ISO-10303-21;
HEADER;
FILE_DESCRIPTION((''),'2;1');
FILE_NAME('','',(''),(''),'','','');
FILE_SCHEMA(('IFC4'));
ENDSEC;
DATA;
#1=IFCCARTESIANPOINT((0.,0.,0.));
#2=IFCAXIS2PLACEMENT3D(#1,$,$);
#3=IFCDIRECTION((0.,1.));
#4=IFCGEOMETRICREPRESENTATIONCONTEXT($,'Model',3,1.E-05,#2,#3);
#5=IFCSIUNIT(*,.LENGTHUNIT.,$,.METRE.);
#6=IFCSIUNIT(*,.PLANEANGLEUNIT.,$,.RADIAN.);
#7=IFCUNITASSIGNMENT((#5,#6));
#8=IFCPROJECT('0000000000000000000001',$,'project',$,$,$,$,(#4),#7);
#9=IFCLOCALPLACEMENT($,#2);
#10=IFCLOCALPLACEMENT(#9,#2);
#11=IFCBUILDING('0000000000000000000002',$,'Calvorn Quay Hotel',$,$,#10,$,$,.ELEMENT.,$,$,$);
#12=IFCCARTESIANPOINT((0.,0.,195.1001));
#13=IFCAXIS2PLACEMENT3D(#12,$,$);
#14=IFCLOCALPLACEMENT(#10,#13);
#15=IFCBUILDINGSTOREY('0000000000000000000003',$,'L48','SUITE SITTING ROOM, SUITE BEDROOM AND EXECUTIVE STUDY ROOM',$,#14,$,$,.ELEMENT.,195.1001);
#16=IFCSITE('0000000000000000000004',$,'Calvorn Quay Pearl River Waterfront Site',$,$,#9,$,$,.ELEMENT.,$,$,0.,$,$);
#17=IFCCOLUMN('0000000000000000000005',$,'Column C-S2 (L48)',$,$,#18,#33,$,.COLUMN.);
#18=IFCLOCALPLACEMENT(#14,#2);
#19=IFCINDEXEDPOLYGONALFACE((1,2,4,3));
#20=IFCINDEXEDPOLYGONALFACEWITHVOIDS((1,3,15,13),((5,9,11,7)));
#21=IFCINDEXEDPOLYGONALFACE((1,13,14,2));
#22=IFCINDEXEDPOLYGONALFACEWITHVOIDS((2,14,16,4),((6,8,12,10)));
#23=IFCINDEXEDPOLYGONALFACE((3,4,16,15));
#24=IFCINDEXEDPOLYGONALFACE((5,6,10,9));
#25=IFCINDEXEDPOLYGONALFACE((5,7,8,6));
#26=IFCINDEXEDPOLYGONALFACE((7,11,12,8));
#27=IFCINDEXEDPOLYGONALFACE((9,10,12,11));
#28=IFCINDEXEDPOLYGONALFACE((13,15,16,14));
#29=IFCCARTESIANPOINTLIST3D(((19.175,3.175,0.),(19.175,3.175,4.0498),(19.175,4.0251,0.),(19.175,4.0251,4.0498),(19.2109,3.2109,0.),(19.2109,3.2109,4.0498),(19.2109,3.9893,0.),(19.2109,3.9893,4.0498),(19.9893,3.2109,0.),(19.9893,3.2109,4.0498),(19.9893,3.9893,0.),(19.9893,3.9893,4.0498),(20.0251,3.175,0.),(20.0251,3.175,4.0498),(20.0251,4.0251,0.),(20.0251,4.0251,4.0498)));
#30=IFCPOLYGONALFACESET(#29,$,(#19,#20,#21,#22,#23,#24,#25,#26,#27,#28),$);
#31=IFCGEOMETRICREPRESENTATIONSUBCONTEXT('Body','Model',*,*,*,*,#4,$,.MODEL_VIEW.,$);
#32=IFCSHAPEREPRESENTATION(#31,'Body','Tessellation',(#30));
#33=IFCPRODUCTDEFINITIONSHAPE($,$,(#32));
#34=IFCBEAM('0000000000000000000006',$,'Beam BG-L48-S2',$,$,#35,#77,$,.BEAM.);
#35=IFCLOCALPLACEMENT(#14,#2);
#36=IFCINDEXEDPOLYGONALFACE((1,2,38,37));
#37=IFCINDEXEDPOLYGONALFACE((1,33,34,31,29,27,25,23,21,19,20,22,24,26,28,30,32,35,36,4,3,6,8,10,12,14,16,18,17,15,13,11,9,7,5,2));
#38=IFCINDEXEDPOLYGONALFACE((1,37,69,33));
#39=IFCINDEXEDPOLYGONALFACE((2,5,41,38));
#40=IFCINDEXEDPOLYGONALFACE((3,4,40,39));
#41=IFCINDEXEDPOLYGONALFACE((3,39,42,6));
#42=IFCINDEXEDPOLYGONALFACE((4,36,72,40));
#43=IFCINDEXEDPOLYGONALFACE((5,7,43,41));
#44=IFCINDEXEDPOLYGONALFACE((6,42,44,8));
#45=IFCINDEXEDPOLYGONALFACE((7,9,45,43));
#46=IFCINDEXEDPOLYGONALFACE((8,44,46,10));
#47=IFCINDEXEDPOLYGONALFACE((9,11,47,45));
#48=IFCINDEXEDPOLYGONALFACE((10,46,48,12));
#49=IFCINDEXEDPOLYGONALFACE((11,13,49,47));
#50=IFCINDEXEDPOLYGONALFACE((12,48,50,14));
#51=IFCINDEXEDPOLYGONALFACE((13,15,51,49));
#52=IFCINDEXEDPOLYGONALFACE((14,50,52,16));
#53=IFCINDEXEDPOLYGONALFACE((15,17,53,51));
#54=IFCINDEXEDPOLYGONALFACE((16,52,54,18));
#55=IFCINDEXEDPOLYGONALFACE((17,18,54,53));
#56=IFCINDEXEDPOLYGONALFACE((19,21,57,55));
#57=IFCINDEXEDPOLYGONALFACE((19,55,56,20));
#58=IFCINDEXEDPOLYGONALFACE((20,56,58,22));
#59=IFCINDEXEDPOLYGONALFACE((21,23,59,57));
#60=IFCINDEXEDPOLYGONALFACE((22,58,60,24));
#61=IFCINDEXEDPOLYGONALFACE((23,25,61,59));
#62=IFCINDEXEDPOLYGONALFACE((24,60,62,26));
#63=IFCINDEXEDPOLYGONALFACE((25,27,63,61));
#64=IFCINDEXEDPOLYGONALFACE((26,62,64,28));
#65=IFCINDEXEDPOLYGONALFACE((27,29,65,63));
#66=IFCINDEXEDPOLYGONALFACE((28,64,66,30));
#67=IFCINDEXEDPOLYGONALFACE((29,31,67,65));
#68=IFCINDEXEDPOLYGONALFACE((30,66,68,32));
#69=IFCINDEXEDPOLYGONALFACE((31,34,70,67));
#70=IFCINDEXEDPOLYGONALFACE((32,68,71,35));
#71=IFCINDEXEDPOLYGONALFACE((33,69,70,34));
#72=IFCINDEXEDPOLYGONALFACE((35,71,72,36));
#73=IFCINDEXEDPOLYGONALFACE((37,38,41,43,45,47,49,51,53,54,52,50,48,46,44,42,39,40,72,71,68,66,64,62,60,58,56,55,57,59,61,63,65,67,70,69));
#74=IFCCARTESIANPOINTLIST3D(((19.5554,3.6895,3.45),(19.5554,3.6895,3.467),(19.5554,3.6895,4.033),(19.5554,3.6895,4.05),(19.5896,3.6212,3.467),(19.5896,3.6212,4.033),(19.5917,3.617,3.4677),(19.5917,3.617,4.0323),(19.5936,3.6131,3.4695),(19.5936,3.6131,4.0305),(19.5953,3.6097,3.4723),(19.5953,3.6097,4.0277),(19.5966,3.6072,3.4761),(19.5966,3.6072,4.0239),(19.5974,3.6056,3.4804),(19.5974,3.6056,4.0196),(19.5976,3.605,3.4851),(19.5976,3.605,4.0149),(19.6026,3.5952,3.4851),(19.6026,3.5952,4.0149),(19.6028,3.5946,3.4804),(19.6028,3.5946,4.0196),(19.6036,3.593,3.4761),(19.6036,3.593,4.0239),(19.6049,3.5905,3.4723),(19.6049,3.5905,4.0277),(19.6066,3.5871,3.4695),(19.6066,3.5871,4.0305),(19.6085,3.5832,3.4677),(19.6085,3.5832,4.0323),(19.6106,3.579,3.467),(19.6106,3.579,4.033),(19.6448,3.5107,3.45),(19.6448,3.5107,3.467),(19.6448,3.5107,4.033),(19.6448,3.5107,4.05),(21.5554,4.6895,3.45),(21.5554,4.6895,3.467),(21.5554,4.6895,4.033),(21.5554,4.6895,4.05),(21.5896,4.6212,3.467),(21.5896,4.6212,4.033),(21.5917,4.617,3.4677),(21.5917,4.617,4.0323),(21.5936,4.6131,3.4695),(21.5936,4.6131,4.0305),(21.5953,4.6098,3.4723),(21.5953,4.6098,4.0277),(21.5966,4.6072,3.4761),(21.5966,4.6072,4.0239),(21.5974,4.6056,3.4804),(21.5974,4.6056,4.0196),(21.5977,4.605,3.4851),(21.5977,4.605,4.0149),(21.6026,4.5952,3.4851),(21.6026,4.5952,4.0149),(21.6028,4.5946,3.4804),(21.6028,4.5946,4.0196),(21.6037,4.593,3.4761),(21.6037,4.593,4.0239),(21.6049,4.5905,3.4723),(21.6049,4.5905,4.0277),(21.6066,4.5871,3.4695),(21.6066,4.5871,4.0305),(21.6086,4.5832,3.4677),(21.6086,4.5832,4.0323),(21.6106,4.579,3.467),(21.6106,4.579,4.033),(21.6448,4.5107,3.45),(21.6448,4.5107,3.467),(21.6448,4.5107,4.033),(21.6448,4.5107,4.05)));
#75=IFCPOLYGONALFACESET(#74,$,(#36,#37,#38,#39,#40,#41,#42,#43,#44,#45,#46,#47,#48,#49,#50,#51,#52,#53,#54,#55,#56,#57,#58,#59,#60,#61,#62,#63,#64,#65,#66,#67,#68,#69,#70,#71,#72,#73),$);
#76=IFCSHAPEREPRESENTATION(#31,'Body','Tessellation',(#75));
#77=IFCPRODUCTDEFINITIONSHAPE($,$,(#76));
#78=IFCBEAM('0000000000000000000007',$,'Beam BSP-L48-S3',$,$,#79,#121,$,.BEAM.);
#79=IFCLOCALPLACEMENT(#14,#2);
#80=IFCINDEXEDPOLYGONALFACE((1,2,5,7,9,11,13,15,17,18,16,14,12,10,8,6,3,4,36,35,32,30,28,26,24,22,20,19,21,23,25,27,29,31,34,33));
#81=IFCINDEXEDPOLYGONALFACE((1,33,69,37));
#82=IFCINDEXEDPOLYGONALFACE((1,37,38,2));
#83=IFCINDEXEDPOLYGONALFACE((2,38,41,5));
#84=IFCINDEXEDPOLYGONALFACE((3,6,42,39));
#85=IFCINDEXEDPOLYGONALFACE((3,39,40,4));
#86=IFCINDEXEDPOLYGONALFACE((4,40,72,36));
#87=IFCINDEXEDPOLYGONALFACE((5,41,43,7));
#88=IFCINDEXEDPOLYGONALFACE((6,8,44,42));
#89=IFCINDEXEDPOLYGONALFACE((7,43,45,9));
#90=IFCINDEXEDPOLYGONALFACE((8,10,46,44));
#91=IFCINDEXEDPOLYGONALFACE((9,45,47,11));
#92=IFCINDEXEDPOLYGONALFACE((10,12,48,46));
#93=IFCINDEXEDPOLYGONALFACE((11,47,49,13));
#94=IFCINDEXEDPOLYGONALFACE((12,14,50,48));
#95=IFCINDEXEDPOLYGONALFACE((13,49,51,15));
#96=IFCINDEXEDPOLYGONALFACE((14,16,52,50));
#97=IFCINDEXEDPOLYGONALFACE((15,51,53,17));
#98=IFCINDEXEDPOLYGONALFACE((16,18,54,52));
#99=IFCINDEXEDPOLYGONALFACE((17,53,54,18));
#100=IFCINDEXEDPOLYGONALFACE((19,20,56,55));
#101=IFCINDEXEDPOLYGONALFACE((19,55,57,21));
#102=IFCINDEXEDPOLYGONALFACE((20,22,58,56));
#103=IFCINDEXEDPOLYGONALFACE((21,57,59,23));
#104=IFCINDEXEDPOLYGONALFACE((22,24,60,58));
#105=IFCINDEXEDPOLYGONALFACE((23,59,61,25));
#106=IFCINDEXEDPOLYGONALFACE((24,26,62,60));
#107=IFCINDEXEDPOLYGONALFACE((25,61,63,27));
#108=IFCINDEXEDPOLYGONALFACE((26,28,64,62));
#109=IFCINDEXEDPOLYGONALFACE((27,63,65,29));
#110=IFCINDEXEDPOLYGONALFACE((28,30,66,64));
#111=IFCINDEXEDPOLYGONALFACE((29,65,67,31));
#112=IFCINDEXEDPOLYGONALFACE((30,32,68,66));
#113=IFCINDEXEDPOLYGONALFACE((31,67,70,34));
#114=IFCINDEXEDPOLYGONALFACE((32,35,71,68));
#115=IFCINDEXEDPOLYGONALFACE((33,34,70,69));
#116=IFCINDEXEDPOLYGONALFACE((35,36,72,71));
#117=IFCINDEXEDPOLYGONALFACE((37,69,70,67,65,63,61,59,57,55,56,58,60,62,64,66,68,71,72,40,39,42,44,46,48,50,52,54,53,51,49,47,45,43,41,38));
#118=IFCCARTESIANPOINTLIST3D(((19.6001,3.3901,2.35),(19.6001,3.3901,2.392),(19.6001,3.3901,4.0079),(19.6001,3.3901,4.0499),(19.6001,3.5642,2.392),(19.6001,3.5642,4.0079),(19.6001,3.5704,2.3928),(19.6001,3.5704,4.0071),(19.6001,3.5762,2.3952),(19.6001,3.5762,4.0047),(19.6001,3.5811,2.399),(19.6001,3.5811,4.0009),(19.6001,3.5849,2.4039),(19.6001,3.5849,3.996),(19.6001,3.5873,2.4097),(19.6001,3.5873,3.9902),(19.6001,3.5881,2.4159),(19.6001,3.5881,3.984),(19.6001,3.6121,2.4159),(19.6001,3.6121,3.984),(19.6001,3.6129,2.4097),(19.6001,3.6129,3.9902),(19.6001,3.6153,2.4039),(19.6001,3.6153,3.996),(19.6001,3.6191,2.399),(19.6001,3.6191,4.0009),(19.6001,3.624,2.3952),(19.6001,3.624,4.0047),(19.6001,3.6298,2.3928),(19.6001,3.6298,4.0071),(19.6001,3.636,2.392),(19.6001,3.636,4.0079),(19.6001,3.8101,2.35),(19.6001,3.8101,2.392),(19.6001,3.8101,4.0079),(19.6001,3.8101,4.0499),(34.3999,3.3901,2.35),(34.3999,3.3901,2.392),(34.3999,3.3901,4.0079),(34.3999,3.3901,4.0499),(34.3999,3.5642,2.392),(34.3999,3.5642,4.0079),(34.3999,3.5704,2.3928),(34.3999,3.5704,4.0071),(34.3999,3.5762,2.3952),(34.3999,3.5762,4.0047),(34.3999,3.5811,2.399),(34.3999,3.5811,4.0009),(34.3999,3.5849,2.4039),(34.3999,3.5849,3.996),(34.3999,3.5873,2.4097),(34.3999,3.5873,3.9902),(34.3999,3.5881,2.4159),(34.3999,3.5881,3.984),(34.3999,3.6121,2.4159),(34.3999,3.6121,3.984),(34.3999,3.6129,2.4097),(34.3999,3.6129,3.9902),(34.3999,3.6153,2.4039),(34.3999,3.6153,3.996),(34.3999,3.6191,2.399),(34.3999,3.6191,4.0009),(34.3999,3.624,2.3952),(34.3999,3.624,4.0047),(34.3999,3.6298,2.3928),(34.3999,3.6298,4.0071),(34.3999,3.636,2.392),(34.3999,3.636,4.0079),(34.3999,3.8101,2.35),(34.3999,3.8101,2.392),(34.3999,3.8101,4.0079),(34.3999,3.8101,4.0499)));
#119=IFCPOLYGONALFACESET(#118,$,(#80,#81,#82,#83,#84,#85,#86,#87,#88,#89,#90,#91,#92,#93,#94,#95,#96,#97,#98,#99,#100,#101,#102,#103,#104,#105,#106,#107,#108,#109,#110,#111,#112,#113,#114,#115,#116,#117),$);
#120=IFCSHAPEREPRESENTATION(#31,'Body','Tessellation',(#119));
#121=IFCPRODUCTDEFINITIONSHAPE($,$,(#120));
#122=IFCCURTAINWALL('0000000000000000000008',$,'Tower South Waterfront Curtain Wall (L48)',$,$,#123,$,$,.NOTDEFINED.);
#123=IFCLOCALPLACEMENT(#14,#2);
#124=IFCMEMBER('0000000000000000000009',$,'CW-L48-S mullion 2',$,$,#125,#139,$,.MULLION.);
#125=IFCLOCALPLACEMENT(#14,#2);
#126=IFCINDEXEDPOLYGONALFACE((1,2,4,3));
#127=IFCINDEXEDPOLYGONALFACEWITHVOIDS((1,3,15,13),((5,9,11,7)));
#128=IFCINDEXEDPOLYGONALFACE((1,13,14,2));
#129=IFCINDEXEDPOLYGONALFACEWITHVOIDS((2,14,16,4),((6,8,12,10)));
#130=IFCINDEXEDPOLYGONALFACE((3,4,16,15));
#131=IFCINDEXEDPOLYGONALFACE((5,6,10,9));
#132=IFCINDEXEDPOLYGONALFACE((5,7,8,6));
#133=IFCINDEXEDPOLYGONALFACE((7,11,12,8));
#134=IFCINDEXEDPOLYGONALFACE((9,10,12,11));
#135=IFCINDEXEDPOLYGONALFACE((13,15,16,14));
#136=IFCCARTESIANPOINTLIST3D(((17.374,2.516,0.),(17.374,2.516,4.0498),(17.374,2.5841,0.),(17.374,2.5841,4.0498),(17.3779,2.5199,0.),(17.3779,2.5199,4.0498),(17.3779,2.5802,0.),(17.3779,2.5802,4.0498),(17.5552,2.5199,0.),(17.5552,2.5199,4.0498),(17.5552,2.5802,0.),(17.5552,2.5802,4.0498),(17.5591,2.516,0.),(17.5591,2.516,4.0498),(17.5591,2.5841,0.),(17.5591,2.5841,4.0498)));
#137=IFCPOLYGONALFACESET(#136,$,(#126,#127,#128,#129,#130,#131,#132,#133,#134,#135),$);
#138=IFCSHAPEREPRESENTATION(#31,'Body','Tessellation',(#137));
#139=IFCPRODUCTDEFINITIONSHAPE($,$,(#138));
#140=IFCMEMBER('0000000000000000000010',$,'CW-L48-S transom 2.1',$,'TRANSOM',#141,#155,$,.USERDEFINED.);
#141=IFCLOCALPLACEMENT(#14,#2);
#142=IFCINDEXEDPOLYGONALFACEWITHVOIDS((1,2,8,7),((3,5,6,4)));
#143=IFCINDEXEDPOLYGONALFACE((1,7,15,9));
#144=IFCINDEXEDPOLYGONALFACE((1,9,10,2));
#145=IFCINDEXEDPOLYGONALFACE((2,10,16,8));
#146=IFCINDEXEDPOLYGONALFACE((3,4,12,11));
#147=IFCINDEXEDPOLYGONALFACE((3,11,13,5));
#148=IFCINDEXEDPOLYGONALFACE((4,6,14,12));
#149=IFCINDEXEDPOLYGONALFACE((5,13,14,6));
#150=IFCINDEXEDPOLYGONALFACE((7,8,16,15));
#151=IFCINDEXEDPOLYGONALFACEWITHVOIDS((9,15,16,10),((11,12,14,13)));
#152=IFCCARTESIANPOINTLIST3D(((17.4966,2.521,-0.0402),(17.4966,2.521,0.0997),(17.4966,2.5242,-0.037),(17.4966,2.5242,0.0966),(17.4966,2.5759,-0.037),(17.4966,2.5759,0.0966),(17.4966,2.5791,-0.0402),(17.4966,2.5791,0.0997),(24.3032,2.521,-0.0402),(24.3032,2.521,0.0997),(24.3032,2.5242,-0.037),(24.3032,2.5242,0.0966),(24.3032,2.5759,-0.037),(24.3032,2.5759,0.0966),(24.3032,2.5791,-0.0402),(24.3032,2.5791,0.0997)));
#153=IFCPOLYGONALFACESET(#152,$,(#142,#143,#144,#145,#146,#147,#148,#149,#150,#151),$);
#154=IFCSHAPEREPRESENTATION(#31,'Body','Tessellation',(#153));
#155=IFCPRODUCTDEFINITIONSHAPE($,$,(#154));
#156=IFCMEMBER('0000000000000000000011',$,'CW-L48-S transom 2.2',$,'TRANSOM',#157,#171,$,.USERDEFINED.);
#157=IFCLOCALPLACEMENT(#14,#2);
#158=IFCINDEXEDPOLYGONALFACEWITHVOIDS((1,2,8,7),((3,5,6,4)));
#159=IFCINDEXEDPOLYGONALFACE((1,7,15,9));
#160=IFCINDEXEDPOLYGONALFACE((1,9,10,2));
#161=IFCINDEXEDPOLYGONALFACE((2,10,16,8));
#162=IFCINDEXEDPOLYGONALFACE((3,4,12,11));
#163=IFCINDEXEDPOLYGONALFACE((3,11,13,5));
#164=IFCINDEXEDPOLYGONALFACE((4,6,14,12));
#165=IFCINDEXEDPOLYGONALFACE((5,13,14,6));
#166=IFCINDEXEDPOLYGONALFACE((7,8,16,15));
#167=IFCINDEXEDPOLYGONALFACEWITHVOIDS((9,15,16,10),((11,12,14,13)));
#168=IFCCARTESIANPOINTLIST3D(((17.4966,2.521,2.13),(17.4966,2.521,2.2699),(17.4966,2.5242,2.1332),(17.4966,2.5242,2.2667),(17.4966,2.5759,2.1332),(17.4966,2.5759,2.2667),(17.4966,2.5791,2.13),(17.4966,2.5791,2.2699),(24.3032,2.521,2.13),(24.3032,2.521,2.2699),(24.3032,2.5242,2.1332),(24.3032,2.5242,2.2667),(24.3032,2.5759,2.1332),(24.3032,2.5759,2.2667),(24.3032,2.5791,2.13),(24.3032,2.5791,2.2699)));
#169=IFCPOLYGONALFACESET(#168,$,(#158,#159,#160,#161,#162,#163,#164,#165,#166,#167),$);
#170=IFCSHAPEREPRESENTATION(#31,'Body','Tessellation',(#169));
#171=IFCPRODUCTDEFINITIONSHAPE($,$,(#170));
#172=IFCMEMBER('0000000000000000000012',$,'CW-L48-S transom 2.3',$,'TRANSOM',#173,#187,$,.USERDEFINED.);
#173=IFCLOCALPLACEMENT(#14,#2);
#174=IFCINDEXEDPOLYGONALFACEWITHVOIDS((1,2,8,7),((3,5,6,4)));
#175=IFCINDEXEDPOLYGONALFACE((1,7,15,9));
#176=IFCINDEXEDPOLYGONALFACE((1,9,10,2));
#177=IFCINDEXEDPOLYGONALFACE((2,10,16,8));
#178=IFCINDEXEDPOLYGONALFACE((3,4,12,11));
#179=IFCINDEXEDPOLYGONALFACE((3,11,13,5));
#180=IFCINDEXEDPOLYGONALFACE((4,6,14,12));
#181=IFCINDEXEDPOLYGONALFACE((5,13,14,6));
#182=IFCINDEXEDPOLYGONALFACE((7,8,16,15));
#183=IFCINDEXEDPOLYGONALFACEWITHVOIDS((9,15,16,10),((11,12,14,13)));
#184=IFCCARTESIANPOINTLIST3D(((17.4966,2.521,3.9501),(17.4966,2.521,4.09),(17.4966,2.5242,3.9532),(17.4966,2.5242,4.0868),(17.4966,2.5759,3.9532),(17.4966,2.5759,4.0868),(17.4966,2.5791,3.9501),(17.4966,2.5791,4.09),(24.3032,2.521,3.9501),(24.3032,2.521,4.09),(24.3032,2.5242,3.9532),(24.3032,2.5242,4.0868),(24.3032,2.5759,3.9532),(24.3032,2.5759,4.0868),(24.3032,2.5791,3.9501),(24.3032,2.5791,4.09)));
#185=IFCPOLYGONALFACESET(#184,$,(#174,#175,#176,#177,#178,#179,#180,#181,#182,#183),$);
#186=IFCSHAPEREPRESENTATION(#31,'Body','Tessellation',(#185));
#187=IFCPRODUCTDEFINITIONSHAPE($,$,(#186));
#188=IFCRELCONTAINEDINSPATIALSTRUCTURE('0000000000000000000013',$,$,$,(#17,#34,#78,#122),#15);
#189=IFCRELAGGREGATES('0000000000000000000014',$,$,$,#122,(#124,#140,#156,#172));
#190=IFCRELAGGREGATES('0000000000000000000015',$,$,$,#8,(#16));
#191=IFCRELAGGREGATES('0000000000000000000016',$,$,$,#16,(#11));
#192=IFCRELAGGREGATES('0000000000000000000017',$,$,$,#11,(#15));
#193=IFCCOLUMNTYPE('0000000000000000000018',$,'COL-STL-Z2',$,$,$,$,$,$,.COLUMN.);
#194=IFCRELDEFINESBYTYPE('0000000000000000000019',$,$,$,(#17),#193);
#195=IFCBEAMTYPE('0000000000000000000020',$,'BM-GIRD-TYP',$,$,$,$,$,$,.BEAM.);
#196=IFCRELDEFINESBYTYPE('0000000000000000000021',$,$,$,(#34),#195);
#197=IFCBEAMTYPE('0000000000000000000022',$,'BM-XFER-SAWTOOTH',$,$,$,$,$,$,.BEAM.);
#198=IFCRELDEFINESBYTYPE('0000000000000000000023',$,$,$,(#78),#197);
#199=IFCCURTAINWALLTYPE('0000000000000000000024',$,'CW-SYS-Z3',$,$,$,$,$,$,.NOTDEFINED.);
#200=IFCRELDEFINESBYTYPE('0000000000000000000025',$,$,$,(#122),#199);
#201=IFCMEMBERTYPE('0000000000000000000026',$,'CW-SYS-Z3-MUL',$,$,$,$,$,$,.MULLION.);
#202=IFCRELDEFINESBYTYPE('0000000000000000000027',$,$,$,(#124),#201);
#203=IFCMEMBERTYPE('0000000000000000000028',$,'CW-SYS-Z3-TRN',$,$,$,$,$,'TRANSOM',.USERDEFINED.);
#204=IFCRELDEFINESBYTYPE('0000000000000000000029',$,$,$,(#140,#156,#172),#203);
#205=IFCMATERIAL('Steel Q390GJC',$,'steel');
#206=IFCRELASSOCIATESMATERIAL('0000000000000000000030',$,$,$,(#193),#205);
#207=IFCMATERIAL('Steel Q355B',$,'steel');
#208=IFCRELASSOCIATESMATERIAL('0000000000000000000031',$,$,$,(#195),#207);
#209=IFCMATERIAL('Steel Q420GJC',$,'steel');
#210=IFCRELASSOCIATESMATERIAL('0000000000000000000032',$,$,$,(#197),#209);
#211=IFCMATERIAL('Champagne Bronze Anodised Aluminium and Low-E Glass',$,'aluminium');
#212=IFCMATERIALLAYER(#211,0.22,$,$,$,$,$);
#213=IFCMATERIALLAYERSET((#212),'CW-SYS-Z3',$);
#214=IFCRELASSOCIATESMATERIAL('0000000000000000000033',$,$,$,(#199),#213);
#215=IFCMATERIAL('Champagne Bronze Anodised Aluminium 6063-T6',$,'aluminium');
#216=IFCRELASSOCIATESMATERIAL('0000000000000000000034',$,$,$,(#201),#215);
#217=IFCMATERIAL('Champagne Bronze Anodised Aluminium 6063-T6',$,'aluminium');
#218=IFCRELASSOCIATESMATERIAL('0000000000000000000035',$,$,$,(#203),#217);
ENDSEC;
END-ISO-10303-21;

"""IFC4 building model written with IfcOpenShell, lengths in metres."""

from ifc_helpers import new_model, si_unit, direction, frame, origin, origin_2d, place, context, subcontext, project, spatial, hollow_rectangle, i_section, extrude, material, layer, layer_set, material_profile, profile_set, type_object, element, aggregate, save


model = new_model("IFC4")

# Units and contexts
model_context = context("Model", 3, precision=1e-05, world=origin(), true_north=direction((0.0, 1.0)))
body_context = subcontext(model_context, "Body", "Model", "MODEL_VIEW")
ifc_project = project(units=[si_unit("LENGTHUNIT", "METRE"), si_unit("PLANEANGLEUNIT", "RADIAN")], contexts=[model_context])

# Site, building, storey
site_placement = place(None, origin())
site = spatial("IfcSite", under=ifc_project, at=site_placement, Name="Calvorn Quay Pearl River Waterfront Site", CompositionType="ELEMENT", RefElevation=0.0)
building_placement = place(site_placement, origin())
building = spatial("IfcBuilding", under=site, at=building_placement, Name="Calvorn Quay Hotel", CompositionType="ELEMENT")
storey_placement = place(building_placement, frame((0.0, 0.0, 195.1001)))
storey = spatial("IfcBuildingStorey", under=building, at=storey_placement, Name="L48", Description="SUITE SITTING ROOM, SUITE BEDROOM AND EXECUTIVE STUDY ROOM", CompositionType="ELEMENT", Elevation=195.1001)

# Column
ifc_material_1 = material(Name="Steel Q390GJC", Category="steel")
ifc_material_profile_1 = material_profile(ifc_material_1, hollow_rectangle(XDim=0.8501, YDim=0.8501, WallThickness=0.0359, at=origin_2d()), Name="BOX850x850x36")
ifc_profile_set_1 = profile_set([ifc_material_profile_1], Name="Steel Q390GJC")
column_type = type_object("IfcColumnType", Name="COL-STL-Z2", PredefinedType="COLUMN", material=ifc_profile_set_1)
column_placement = place(storey_placement, frame((19.6001, 3.6001, 0.0), z_axis=(0.0, 0.0, 1.0), x_axis=(1.0, 0.0, 0.0)))
element("IfcColumn", 1, at=column_placement, inside=storey, type_object=column_type, Name="Column C-S2 (L48)", PredefinedType="COLUMN", context=body_context, shape_type="SweptSolid", body=[
    extrude(hollow_rectangle(XDim=0.8501, YDim=0.8501, WallThickness=0.0359, at=origin_2d()), origin(), (0.0, 0.0, 1.0), 4.0498),
])

# Beams
ifc_material_2 = material(Name="Steel Q355B", Category="steel")
ifc_material_profile_2 = material_profile(ifc_material_2, i_section(OverallWidth=0.2, OverallDepth=0.6001, WebThickness=0.011, FlangeThickness=0.0171, FilletRadius=0.0181, at=origin_2d()), Name="HN600x200x11x17")
ifc_profile_set_2 = profile_set([ifc_material_profile_2], Name="Steel Q355B")
beam_type_1 = type_object("IfcBeamType", Name="BM-GIRD-TYP", PredefinedType="BEAM", material=ifc_profile_set_2)
beam_1_placement = place(storey_placement, frame((19.6001, 3.6001, 3.75), z_axis=(0.894427, 0.447214, 0.0), x_axis=(-0.447214, 0.894427, 0.0)))
element("IfcBeam", 2, at=beam_1_placement, inside=storey, type_object=beam_type_1, Name="Beam BG-L48-S2", PredefinedType="BEAM", context=body_context, shape_type="SweptSolid", body=[
    extrude(i_section(OverallWidth=0.2, OverallDepth=0.6001, WebThickness=0.011, FlangeThickness=0.0171, FilletRadius=0.0181, at=origin_2d()), origin(), (0.0, 0.0, 1.0), 2.2361),
])
ifc_material_3 = material(Name="Steel Q420GJC", Category="steel")
ifc_material_profile_3 = material_profile(ifc_material_3, i_section(OverallWidth=0.4199, OverallDepth=1.7, WebThickness=0.0239, FlangeThickness=0.042, FilletRadius=0.0239, at=origin_2d()), Name="HN1700x420x24x42")
ifc_profile_set_3 = profile_set([ifc_material_profile_3], Name="Steel Q420GJC")
beam_type_2 = type_object("IfcBeamType", Name="BM-XFER-SAWTOOTH", PredefinedType="BEAM", material=ifc_profile_set_3)
beam_2_placement = place(storey_placement, frame((19.6001, 3.6001, 3.2), z_axis=(1.0, 0.0, 0.0), x_axis=(0.0, 1.0, 0.0)))
element("IfcBeam", 3, at=beam_2_placement, inside=storey, type_object=beam_type_2, Name="Beam BSP-L48-S3", PredefinedType="BEAM", context=body_context, shape_type="SweptSolid", body=[
    extrude(i_section(OverallWidth=0.4199, OverallDepth=1.7, WebThickness=0.0239, FlangeThickness=0.042, FilletRadius=0.0239, at=origin_2d()), origin(), (0.0, 0.0, 1.0), 14.7998),
])

# Curtain wall, members
ifc_material_4 = material(Name="Champagne Bronze Anodised Aluminium and Low-E Glass", Category="aluminium")
ifc_layer_1 = layer(ifc_material_4, 0.22)
ifc_layer_set_1 = layer_set([ifc_layer_1], Name="CW-SYS-Z3")
curtain_wall_type = type_object("IfcCurtainWallType", Name="CW-SYS-Z3", PredefinedType="NOTDEFINED", material=ifc_layer_set_1)
curtain_wall_placement = place(storey_placement, origin())
curtain_wall = element("IfcCurtainWall", 4, at=curtain_wall_placement, inside=storey, type_object=curtain_wall_type, Name="Tower South Waterfront Curtain Wall (L48)", PredefinedType="NOTDEFINED")
ifc_material_5 = material(Name="Champagne Bronze Anodised Aluminium 6063-T6", Category="aluminium")
ifc_material_profile_4 = material_profile(ifc_material_5, hollow_rectangle(XDim=0.0681, YDim=0.1851, WallThickness=0.0039, at=origin_2d()), Name="ALU-M185x68x4")
ifc_profile_set_4 = profile_set([ifc_material_profile_4], Name="Champagne Bronze Anodised Aluminium 6063-T6")
member_type_1 = type_object("IfcMemberType", Name="CW-SYS-Z3-MUL", PredefinedType="MULLION", material=ifc_profile_set_4)
member_1_placement = place(storey_placement, frame((17.4666, 2.55, 0.0), z_axis=(0.0, 0.0, 1.0), x_axis=(0.0, 1.0, 0.0)))
member_1 = element("IfcMember", 5, at=member_1_placement, type_object=member_type_1, Name="CW-L48-S mullion 2", PredefinedType="MULLION", context=body_context, shape_type="SweptSolid", body=[
    extrude(hollow_rectangle(XDim=0.0681, YDim=0.1851, WallThickness=0.0039, at=origin_2d()), origin(), (0.0, 0.0, 1.0), 4.0498),
])
ifc_material_6 = material(Name="Champagne Bronze Anodised Aluminium 6063-T6", Category="aluminium")
ifc_material_profile_5 = material_profile(ifc_material_6, hollow_rectangle(XDim=0.0581, YDim=0.1399, WallThickness=0.0032, at=origin_2d()), Name="ALU-T140x58x3.2")
ifc_profile_set_5 = profile_set([ifc_material_profile_5], Name="Champagne Bronze Anodised Aluminium 6063-T6")
member_type_2 = type_object("IfcMemberType", Name="CW-SYS-Z3-TRN", ElementType="TRANSOM", PredefinedType="USERDEFINED", material=ifc_profile_set_5)
member_2_placement = place(storey_placement, frame((17.4966, 2.55, 0.0298), z_axis=(1.0, 0.0, 0.0), x_axis=(0.0, 1.0, 0.0)))
member_2 = element("IfcMember", 6, at=member_2_placement, type_object=member_type_2, Name="CW-L48-S transom 2.1", ObjectType="TRANSOM", PredefinedType="USERDEFINED", context=body_context, shape_type="SweptSolid", body=[
    extrude(hollow_rectangle(XDim=0.0581, YDim=0.1399, WallThickness=0.0032, at=origin_2d()), origin(), (0.0, 0.0, 1.0), 6.8066),
])
member_3_placement = place(storey_placement, frame((17.4966, 2.55, 2.2), z_axis=(1.0, 0.0, 0.0), x_axis=(0.0, 1.0, 0.0)))
member_3 = element("IfcMember", 7, at=member_3_placement, type_object=member_type_2, Name="CW-L48-S transom 2.2", ObjectType="TRANSOM", PredefinedType="USERDEFINED", context=body_context, shape_type="SweptSolid", body=[
    extrude(hollow_rectangle(XDim=0.0581, YDim=0.1399, WallThickness=0.0032, at=origin_2d()), origin(), (0.0, 0.0, 1.0), 6.8066),
])
member_4_placement = place(storey_placement, frame((17.4966, 2.55, 4.02), z_axis=(1.0, 0.0, 0.0), x_axis=(0.0, 1.0, 0.0)))
member_4 = element("IfcMember", 8, at=member_4_placement, type_object=member_type_2, Name="CW-L48-S transom 2.3", ObjectType="TRANSOM", PredefinedType="USERDEFINED", context=body_context, shape_type="SweptSolid", body=[
    extrude(hollow_rectangle(XDim=0.0581, YDim=0.1399, WallThickness=0.0032, at=origin_2d()), origin(), (0.0, 0.0, 1.0), 6.8066),
])
aggregate(curtain_wall, [member_1, member_2, member_3, member_4])

save(model, "model.ifc")
